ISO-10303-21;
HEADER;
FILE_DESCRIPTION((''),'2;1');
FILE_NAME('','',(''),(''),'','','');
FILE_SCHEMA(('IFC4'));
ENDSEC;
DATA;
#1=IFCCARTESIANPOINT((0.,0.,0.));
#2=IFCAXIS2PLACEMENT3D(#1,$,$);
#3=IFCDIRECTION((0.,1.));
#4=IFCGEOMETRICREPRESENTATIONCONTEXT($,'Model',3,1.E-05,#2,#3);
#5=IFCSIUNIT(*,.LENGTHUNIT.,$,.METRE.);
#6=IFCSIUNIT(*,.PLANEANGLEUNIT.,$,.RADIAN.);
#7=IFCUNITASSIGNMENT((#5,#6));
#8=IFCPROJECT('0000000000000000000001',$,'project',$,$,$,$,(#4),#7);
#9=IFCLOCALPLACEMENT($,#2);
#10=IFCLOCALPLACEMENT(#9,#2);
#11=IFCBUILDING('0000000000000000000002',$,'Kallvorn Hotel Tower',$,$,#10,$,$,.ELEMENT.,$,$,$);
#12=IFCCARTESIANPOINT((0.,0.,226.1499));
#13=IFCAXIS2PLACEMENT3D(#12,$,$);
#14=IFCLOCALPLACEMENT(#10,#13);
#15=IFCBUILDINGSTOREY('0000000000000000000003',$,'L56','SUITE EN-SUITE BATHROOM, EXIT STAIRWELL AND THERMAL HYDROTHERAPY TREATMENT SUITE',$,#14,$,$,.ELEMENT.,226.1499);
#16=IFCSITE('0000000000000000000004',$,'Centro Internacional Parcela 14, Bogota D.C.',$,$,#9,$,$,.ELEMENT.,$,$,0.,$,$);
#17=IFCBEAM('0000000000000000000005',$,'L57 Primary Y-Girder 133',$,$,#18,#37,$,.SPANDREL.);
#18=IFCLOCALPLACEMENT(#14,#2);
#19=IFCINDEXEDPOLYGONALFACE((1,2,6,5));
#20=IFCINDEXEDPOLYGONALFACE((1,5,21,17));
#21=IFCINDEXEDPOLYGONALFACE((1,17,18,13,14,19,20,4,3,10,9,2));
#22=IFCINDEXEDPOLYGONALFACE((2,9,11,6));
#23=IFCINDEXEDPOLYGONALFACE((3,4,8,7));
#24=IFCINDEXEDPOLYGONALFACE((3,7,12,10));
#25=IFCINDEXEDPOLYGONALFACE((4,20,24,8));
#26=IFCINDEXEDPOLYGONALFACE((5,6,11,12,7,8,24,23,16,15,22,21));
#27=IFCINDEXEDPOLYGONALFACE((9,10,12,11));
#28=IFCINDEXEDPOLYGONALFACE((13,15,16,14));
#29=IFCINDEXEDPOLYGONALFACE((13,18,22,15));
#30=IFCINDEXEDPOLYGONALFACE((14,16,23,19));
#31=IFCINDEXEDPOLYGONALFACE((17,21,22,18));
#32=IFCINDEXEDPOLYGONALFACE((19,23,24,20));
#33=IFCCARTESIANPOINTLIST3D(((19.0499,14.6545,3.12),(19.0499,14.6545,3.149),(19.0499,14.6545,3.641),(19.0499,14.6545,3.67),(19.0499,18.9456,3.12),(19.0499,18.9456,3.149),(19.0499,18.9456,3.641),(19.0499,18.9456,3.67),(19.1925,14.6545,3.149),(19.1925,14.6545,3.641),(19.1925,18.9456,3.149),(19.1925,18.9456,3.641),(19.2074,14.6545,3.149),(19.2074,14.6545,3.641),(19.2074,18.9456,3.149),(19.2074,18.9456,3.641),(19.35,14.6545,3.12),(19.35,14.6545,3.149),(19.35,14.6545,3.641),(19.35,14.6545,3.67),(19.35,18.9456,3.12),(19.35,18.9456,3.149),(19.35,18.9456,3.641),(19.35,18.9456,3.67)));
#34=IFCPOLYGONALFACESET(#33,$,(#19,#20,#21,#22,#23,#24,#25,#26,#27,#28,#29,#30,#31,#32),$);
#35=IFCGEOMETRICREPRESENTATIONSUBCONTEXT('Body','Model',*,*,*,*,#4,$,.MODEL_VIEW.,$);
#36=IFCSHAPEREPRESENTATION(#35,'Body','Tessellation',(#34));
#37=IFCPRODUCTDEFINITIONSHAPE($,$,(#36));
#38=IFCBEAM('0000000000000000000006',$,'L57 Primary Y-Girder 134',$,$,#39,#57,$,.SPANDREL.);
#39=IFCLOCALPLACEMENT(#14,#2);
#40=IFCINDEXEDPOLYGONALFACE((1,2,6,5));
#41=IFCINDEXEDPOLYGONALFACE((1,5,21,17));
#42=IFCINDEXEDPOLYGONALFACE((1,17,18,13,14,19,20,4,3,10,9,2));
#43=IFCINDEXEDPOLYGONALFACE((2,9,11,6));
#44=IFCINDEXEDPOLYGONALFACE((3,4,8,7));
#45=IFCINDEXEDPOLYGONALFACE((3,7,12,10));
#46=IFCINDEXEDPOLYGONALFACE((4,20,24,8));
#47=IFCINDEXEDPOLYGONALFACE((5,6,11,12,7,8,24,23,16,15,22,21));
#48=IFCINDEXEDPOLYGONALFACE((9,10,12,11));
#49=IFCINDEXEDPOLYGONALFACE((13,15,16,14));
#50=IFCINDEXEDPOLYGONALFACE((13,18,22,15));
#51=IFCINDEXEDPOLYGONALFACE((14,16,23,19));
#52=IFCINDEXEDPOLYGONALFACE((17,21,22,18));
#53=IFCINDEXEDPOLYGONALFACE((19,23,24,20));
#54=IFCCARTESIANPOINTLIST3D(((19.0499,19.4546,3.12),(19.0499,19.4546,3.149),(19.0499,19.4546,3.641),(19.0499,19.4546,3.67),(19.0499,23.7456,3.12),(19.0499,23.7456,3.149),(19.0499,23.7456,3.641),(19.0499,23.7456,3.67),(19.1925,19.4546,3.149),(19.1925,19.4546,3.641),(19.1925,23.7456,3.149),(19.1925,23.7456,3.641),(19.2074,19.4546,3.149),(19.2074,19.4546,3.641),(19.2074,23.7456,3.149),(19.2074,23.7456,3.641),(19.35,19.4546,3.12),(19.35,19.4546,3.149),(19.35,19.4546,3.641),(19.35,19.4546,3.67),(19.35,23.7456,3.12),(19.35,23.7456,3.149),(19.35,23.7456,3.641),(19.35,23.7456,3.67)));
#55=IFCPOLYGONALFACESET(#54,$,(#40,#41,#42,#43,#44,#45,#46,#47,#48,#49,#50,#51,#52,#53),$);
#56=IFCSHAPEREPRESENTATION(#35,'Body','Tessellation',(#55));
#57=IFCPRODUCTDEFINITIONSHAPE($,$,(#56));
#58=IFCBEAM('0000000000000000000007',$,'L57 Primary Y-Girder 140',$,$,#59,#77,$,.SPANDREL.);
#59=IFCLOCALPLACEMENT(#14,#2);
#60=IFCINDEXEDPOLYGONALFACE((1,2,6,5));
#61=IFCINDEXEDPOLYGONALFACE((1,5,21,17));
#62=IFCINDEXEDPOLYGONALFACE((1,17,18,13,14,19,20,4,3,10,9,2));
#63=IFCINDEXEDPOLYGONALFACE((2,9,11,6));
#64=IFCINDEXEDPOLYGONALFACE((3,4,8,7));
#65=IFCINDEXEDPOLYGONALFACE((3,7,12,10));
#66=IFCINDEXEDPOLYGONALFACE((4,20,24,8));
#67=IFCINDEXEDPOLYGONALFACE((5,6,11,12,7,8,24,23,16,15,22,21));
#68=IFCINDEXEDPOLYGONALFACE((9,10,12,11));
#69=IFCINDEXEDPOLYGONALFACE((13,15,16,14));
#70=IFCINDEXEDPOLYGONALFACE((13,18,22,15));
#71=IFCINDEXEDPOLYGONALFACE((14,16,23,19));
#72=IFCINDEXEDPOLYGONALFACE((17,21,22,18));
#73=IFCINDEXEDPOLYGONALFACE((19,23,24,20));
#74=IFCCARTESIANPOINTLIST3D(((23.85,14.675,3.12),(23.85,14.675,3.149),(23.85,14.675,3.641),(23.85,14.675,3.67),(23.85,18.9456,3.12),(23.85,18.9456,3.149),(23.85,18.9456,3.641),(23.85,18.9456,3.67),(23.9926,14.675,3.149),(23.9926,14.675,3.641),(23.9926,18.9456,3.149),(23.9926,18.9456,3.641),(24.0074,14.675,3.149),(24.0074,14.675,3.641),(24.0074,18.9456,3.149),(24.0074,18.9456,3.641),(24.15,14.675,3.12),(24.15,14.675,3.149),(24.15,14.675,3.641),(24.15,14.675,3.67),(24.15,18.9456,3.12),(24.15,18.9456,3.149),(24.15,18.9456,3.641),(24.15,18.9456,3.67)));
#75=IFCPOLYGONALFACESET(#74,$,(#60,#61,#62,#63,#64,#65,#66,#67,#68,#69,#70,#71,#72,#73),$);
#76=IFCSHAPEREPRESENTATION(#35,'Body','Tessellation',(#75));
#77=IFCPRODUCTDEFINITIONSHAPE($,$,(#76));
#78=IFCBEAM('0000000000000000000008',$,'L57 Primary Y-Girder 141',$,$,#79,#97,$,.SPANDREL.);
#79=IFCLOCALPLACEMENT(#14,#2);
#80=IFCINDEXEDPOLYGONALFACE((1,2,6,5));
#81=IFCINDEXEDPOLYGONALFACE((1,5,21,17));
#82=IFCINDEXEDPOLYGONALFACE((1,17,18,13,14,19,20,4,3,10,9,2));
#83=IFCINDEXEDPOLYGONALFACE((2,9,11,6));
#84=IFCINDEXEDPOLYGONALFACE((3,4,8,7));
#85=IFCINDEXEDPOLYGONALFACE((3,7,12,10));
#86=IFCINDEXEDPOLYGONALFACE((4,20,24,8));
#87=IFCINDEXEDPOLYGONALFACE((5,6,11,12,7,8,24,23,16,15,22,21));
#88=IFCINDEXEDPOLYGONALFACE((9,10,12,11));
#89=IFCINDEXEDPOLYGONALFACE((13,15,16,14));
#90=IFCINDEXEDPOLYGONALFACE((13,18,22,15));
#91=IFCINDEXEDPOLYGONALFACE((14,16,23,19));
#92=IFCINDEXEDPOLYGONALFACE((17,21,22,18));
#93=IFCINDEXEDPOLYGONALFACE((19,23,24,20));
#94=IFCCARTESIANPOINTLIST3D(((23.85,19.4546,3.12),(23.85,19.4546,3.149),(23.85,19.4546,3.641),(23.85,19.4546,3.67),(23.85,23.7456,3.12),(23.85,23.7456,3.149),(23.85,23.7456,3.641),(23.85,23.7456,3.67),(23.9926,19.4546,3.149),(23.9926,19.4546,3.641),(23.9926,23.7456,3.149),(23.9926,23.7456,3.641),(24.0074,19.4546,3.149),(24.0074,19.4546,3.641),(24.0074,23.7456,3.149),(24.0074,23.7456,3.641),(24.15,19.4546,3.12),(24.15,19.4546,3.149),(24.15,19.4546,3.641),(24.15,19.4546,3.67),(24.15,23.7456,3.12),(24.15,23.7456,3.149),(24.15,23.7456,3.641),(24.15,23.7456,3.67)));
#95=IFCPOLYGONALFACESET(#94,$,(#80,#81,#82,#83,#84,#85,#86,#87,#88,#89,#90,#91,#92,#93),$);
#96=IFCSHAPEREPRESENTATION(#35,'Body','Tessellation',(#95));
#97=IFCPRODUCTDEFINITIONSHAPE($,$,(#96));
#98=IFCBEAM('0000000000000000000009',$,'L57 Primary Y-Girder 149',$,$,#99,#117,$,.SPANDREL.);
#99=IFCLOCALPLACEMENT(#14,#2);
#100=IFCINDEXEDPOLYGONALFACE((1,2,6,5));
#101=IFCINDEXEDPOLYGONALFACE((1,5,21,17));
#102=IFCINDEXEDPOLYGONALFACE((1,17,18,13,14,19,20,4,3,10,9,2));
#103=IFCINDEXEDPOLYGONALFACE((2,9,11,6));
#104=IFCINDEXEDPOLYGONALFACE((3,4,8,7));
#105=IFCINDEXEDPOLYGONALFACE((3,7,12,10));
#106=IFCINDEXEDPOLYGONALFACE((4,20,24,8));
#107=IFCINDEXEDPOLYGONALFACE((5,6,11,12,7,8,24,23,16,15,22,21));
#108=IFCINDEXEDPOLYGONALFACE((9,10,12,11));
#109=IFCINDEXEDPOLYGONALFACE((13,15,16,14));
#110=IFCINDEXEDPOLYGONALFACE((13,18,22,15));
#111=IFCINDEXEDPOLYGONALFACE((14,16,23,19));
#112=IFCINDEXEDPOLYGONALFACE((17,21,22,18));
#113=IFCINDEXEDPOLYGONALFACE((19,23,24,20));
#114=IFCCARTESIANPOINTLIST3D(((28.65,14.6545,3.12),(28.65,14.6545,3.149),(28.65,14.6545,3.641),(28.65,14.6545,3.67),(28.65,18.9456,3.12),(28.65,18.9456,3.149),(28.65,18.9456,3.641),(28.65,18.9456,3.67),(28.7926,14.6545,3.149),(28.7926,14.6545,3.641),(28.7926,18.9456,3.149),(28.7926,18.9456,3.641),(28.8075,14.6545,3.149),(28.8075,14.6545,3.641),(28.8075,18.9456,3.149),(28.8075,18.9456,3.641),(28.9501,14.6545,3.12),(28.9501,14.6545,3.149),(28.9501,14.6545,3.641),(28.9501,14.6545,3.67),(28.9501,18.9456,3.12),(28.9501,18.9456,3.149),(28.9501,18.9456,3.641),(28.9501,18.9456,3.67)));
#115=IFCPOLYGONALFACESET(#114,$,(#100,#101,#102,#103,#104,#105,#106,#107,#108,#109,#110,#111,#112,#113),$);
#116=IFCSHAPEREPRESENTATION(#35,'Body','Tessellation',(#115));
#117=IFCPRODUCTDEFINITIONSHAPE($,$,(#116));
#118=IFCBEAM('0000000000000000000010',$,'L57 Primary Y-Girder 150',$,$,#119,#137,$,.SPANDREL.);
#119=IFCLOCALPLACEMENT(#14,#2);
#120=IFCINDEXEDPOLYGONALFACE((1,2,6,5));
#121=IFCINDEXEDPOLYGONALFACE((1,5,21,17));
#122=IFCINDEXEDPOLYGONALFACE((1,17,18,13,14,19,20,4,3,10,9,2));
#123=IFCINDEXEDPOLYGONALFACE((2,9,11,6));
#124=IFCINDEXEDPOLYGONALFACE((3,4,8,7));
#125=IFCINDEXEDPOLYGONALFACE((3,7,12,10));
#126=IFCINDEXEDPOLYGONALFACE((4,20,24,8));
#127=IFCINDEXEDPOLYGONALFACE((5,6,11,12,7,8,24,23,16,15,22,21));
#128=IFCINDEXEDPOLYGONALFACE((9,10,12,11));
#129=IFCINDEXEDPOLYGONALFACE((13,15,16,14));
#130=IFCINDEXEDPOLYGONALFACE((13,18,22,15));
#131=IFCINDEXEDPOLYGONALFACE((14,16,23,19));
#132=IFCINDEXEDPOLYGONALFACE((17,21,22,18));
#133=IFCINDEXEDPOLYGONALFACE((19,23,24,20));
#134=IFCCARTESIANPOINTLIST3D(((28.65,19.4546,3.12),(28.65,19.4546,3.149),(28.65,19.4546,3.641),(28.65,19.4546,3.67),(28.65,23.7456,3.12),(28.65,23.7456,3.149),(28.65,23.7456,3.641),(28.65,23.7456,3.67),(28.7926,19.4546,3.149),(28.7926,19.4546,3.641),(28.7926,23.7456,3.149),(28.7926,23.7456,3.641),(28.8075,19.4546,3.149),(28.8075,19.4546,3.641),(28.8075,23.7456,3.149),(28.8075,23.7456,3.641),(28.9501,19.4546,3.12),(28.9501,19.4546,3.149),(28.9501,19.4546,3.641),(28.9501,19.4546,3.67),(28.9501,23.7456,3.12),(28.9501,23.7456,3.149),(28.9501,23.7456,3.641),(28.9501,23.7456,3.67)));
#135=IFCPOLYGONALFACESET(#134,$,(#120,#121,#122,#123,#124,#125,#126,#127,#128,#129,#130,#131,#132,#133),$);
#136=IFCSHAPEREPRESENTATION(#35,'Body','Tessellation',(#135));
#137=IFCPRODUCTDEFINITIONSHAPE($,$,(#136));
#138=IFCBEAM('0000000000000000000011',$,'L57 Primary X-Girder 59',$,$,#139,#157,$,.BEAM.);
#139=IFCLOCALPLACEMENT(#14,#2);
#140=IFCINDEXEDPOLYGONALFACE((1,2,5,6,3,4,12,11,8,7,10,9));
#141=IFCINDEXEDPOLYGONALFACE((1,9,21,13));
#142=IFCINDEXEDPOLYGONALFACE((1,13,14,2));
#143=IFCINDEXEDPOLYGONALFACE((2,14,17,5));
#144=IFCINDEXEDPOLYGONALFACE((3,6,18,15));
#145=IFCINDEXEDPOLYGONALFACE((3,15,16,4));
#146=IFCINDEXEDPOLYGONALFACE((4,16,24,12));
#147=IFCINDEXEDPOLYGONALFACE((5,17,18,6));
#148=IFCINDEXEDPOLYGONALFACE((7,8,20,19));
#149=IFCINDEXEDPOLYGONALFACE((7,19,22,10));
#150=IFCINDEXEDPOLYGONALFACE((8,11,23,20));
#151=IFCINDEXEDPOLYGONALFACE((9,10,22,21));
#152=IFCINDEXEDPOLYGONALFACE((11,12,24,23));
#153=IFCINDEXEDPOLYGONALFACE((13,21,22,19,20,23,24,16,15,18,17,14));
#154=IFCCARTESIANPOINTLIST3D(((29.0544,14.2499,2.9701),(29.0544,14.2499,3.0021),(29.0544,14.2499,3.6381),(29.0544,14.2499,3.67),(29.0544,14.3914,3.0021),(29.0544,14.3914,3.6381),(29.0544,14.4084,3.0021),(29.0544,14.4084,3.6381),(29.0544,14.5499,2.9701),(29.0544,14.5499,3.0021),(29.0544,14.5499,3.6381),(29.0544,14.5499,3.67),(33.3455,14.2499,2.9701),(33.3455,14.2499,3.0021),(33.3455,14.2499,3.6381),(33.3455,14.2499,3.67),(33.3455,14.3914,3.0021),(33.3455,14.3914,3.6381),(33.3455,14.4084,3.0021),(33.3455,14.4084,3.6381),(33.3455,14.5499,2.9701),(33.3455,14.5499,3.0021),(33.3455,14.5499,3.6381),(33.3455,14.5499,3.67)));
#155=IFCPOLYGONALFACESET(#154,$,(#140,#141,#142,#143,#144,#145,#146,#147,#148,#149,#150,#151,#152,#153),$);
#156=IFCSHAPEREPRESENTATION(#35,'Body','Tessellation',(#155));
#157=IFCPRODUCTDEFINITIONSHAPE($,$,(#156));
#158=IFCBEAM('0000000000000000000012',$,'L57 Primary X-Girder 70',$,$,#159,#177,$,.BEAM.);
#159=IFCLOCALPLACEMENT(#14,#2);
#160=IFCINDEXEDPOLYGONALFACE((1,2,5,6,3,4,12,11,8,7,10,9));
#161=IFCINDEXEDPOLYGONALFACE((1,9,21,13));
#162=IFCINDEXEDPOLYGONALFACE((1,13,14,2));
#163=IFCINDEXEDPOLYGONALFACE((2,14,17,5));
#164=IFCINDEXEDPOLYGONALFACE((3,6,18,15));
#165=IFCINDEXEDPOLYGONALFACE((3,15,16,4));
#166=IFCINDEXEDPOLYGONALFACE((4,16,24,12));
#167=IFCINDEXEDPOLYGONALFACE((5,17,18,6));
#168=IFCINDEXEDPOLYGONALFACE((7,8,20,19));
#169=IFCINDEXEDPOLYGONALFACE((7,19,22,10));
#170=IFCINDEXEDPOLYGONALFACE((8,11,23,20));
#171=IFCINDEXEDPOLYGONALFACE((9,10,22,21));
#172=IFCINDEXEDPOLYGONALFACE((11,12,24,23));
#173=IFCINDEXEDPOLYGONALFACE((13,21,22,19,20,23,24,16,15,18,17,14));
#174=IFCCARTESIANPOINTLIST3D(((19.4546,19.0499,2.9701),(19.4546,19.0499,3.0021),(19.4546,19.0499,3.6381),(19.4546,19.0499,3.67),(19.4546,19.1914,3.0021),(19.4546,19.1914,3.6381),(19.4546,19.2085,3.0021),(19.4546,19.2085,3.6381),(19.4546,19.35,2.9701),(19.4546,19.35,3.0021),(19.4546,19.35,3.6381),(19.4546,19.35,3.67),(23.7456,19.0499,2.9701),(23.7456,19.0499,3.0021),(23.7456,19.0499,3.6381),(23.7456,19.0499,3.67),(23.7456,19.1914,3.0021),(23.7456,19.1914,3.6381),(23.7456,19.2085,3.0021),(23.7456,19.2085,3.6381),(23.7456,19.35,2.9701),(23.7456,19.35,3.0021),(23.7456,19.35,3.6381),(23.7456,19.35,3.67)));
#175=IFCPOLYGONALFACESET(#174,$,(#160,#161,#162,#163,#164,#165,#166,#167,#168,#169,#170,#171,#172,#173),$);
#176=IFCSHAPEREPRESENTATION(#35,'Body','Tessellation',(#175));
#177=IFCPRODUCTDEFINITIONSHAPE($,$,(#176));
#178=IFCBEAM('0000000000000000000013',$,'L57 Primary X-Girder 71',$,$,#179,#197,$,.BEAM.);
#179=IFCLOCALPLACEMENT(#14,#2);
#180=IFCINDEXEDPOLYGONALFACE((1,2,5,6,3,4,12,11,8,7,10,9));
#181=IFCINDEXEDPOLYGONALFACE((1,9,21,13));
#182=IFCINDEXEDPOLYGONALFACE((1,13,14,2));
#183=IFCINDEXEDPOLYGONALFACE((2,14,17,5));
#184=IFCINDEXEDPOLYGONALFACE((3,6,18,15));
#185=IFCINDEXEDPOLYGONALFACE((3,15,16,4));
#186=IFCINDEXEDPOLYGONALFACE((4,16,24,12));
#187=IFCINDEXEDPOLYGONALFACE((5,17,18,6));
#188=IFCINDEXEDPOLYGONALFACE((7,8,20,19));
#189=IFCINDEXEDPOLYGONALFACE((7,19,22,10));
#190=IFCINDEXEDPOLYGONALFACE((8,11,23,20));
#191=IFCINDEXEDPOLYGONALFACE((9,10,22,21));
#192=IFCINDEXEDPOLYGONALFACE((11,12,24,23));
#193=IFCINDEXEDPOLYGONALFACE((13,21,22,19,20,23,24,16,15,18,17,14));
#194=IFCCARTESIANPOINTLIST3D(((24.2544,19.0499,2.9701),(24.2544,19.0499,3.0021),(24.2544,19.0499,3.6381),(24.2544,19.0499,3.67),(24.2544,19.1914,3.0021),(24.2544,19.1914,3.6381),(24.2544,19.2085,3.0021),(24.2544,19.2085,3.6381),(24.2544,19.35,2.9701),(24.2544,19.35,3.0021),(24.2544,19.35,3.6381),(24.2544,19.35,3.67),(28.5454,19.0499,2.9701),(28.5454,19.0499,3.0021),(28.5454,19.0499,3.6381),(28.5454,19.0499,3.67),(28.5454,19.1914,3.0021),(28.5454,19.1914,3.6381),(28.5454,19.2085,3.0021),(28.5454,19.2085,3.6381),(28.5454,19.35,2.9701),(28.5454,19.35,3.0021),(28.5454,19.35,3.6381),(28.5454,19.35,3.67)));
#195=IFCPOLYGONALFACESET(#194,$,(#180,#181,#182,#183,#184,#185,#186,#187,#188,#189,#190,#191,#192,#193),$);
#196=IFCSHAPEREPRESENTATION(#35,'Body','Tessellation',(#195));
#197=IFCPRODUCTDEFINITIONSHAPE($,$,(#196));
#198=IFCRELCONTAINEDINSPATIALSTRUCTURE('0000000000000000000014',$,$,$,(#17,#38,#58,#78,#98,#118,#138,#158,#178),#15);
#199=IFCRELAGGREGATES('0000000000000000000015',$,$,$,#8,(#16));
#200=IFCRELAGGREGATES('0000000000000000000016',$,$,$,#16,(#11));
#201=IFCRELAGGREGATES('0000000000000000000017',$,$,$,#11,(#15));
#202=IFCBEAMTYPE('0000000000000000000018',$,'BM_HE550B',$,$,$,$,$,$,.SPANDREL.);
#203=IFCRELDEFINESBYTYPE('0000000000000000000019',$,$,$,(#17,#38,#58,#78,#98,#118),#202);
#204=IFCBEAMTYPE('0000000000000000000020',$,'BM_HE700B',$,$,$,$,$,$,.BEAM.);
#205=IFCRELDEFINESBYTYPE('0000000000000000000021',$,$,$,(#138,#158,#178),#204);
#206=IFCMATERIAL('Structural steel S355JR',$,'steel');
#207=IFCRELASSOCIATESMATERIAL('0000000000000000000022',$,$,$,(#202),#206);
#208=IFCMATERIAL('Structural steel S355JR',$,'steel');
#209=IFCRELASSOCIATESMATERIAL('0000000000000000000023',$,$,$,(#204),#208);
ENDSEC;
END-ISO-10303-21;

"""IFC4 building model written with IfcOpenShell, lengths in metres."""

from ifc_helpers import new_model, si_unit, direction, frame, origin, origin_2d, place, context, subcontext, project, spatial, i_section, extrude, material, material_profile, profile_set, type_object, element, save


model = new_model("IFC4")

# Units and contexts
model_context = context("Model", 3, precision=1e-05, world=origin(), true_north=direction((0.0, 1.0)))
body_context = subcontext(model_context, "Body", "Model", "MODEL_VIEW")
ifc_project = project(units=[si_unit("LENGTHUNIT", "METRE"), si_unit("PLANEANGLEUNIT", "RADIAN")], contexts=[model_context])

# Site, building, storey
site_placement = place(None, origin())
site = spatial("IfcSite", under=ifc_project, at=site_placement, Name="Centro Internacional Parcela 14, Bogota D.C.", CompositionType="ELEMENT", RefElevation=0.0)
building_placement = place(site_placement, origin())
building = spatial("IfcBuilding", under=site, at=building_placement, Name="Kallvorn Hotel Tower", CompositionType="ELEMENT")
storey_placement = place(building_placement, frame((0.0, 0.0, 226.1499)))
storey = spatial("IfcBuildingStorey", under=building, at=storey_placement, Name="L56", Description="SUITE EN-SUITE BATHROOM, EXIT STAIRWELL AND THERMAL HYDROTHERAPY TREATMENT SUITE", CompositionType="ELEMENT", Elevation=226.1499)

# Beams
ifc_material_1 = material(Name="Structural steel S355JR", Category="steel")
ifc_material_profile_1 = material_profile(ifc_material_1, i_section(OverallWidth=0.3, OverallDepth=0.55, WebThickness=0.0149, FlangeThickness=0.0291, at=origin_2d()), Name="HE 550 B")
ifc_profile_set_1 = profile_set([ifc_material_profile_1], Name="Structural steel S355JR")
beam_type_1 = type_object("IfcBeamType", Name="BM_HE550B", PredefinedType="SPANDREL", material=ifc_profile_set_1)
for number, where, z_axis, x_axis, name in (
    (1, (19.2, 14.6545, 3.395), (0.0, 1.0, 0.0), (-1.0, 0.0, 0.0), "L57 Primary Y-Girder 133"),
    (2, (19.2, 19.4546, 3.395), (0.0, 1.0, 0.0), (-1.0, 0.0, 0.0), "L57 Primary Y-Girder 134"),
):
    element("IfcBeam", number, at=place(storey_placement, frame(where, z_axis=z_axis, x_axis=x_axis)), inside=storey, type_object=beam_type_1, Name=name, PredefinedType="SPANDREL", context=body_context, shape_type="SweptSolid", body=[
        extrude(i_section(OverallWidth=0.3, OverallDepth=0.55, WebThickness=0.0149, FlangeThickness=0.0291, at=origin_2d()), origin(), (0.0, 0.0, 1.0), 4.291),
    ])
beam_1_placement = place(storey_placement, frame((24.0, 14.675, 3.395), z_axis=(0.0, 1.0, 0.0), x_axis=(-1.0, 0.0, 0.0)))
element("IfcBeam", 3, at=beam_1_placement, inside=storey, type_object=beam_type_1, Name="L57 Primary Y-Girder 140", PredefinedType="SPANDREL", context=body_context, shape_type="SweptSolid", body=[
    extrude(i_section(OverallWidth=0.3, OverallDepth=0.55, WebThickness=0.0149, FlangeThickness=0.0291, at=origin_2d()), origin(), (0.0, 0.0, 1.0), 4.2705),
])
for number, where, z_axis, x_axis, name in (
    (4, (24.0, 19.4546, 3.395), (0.0, 1.0, 0.0), (-1.0, 0.0, 0.0), "L57 Primary Y-Girder 141"),
    (5, (28.8, 14.6545, 3.395), (0.0, 1.0, 0.0), (-1.0, 0.0, 0.0), "L57 Primary Y-Girder 149"),
    (6, (28.8, 19.4546, 3.395), (0.0, 1.0, 0.0), (-1.0, 0.0, 0.0), "L57 Primary Y-Girder 150"),
):
    element("IfcBeam", number, at=place(storey_placement, frame(where, z_axis=z_axis, x_axis=x_axis)), inside=storey, type_object=beam_type_1, Name=name, PredefinedType="SPANDREL", context=body_context, shape_type="SweptSolid", body=[
        extrude(i_section(OverallWidth=0.3, OverallDepth=0.55, WebThickness=0.0149, FlangeThickness=0.0291, at=origin_2d()), origin(), (0.0, 0.0, 1.0), 4.291),
    ])
ifc_material_2 = material(Name="Structural steel S355JR", Category="steel")
ifc_material_profile_2 = material_profile(ifc_material_2, i_section(OverallWidth=0.3, OverallDepth=0.7, WebThickness=0.0171, FlangeThickness=0.032, at=origin_2d()), Name="HE 700 B")
ifc_profile_set_2 = profile_set([ifc_material_profile_2], Name="Structural steel S355JR")
beam_type_2 = type_object("IfcBeamType", Name="BM_HE700B", PredefinedType="BEAM", material=ifc_profile_set_2)
for number, where, z_axis, x_axis, name in (
    (7, (29.0544, 14.3999, 3.3201), (1.0, 0.0, 0.0), (0.0, 1.0, 0.0), "L57 Primary X-Girder 59"),
    (8, (19.4546, 19.2, 3.3201), (1.0, 0.0, 0.0), (0.0, 1.0, 0.0), "L57 Primary X-Girder 70"),
    (9, (24.2544, 19.2, 3.3201), (1.0, 0.0, 0.0), (0.0, 1.0, 0.0), "L57 Primary X-Girder 71"),
):
    element("IfcBeam", number, at=place(storey_placement, frame(where, z_axis=z_axis, x_axis=x_axis)), inside=storey, type_object=beam_type_2, Name=name, PredefinedType="BEAM", context=body_context, shape_type="SweptSolid", body=[
        extrude(i_section(OverallWidth=0.3, OverallDepth=0.7, WebThickness=0.0171, FlangeThickness=0.032, at=origin_2d()), origin(), (0.0, 0.0, 1.0), 4.291),
    ])

save(model, "model.ifc")
